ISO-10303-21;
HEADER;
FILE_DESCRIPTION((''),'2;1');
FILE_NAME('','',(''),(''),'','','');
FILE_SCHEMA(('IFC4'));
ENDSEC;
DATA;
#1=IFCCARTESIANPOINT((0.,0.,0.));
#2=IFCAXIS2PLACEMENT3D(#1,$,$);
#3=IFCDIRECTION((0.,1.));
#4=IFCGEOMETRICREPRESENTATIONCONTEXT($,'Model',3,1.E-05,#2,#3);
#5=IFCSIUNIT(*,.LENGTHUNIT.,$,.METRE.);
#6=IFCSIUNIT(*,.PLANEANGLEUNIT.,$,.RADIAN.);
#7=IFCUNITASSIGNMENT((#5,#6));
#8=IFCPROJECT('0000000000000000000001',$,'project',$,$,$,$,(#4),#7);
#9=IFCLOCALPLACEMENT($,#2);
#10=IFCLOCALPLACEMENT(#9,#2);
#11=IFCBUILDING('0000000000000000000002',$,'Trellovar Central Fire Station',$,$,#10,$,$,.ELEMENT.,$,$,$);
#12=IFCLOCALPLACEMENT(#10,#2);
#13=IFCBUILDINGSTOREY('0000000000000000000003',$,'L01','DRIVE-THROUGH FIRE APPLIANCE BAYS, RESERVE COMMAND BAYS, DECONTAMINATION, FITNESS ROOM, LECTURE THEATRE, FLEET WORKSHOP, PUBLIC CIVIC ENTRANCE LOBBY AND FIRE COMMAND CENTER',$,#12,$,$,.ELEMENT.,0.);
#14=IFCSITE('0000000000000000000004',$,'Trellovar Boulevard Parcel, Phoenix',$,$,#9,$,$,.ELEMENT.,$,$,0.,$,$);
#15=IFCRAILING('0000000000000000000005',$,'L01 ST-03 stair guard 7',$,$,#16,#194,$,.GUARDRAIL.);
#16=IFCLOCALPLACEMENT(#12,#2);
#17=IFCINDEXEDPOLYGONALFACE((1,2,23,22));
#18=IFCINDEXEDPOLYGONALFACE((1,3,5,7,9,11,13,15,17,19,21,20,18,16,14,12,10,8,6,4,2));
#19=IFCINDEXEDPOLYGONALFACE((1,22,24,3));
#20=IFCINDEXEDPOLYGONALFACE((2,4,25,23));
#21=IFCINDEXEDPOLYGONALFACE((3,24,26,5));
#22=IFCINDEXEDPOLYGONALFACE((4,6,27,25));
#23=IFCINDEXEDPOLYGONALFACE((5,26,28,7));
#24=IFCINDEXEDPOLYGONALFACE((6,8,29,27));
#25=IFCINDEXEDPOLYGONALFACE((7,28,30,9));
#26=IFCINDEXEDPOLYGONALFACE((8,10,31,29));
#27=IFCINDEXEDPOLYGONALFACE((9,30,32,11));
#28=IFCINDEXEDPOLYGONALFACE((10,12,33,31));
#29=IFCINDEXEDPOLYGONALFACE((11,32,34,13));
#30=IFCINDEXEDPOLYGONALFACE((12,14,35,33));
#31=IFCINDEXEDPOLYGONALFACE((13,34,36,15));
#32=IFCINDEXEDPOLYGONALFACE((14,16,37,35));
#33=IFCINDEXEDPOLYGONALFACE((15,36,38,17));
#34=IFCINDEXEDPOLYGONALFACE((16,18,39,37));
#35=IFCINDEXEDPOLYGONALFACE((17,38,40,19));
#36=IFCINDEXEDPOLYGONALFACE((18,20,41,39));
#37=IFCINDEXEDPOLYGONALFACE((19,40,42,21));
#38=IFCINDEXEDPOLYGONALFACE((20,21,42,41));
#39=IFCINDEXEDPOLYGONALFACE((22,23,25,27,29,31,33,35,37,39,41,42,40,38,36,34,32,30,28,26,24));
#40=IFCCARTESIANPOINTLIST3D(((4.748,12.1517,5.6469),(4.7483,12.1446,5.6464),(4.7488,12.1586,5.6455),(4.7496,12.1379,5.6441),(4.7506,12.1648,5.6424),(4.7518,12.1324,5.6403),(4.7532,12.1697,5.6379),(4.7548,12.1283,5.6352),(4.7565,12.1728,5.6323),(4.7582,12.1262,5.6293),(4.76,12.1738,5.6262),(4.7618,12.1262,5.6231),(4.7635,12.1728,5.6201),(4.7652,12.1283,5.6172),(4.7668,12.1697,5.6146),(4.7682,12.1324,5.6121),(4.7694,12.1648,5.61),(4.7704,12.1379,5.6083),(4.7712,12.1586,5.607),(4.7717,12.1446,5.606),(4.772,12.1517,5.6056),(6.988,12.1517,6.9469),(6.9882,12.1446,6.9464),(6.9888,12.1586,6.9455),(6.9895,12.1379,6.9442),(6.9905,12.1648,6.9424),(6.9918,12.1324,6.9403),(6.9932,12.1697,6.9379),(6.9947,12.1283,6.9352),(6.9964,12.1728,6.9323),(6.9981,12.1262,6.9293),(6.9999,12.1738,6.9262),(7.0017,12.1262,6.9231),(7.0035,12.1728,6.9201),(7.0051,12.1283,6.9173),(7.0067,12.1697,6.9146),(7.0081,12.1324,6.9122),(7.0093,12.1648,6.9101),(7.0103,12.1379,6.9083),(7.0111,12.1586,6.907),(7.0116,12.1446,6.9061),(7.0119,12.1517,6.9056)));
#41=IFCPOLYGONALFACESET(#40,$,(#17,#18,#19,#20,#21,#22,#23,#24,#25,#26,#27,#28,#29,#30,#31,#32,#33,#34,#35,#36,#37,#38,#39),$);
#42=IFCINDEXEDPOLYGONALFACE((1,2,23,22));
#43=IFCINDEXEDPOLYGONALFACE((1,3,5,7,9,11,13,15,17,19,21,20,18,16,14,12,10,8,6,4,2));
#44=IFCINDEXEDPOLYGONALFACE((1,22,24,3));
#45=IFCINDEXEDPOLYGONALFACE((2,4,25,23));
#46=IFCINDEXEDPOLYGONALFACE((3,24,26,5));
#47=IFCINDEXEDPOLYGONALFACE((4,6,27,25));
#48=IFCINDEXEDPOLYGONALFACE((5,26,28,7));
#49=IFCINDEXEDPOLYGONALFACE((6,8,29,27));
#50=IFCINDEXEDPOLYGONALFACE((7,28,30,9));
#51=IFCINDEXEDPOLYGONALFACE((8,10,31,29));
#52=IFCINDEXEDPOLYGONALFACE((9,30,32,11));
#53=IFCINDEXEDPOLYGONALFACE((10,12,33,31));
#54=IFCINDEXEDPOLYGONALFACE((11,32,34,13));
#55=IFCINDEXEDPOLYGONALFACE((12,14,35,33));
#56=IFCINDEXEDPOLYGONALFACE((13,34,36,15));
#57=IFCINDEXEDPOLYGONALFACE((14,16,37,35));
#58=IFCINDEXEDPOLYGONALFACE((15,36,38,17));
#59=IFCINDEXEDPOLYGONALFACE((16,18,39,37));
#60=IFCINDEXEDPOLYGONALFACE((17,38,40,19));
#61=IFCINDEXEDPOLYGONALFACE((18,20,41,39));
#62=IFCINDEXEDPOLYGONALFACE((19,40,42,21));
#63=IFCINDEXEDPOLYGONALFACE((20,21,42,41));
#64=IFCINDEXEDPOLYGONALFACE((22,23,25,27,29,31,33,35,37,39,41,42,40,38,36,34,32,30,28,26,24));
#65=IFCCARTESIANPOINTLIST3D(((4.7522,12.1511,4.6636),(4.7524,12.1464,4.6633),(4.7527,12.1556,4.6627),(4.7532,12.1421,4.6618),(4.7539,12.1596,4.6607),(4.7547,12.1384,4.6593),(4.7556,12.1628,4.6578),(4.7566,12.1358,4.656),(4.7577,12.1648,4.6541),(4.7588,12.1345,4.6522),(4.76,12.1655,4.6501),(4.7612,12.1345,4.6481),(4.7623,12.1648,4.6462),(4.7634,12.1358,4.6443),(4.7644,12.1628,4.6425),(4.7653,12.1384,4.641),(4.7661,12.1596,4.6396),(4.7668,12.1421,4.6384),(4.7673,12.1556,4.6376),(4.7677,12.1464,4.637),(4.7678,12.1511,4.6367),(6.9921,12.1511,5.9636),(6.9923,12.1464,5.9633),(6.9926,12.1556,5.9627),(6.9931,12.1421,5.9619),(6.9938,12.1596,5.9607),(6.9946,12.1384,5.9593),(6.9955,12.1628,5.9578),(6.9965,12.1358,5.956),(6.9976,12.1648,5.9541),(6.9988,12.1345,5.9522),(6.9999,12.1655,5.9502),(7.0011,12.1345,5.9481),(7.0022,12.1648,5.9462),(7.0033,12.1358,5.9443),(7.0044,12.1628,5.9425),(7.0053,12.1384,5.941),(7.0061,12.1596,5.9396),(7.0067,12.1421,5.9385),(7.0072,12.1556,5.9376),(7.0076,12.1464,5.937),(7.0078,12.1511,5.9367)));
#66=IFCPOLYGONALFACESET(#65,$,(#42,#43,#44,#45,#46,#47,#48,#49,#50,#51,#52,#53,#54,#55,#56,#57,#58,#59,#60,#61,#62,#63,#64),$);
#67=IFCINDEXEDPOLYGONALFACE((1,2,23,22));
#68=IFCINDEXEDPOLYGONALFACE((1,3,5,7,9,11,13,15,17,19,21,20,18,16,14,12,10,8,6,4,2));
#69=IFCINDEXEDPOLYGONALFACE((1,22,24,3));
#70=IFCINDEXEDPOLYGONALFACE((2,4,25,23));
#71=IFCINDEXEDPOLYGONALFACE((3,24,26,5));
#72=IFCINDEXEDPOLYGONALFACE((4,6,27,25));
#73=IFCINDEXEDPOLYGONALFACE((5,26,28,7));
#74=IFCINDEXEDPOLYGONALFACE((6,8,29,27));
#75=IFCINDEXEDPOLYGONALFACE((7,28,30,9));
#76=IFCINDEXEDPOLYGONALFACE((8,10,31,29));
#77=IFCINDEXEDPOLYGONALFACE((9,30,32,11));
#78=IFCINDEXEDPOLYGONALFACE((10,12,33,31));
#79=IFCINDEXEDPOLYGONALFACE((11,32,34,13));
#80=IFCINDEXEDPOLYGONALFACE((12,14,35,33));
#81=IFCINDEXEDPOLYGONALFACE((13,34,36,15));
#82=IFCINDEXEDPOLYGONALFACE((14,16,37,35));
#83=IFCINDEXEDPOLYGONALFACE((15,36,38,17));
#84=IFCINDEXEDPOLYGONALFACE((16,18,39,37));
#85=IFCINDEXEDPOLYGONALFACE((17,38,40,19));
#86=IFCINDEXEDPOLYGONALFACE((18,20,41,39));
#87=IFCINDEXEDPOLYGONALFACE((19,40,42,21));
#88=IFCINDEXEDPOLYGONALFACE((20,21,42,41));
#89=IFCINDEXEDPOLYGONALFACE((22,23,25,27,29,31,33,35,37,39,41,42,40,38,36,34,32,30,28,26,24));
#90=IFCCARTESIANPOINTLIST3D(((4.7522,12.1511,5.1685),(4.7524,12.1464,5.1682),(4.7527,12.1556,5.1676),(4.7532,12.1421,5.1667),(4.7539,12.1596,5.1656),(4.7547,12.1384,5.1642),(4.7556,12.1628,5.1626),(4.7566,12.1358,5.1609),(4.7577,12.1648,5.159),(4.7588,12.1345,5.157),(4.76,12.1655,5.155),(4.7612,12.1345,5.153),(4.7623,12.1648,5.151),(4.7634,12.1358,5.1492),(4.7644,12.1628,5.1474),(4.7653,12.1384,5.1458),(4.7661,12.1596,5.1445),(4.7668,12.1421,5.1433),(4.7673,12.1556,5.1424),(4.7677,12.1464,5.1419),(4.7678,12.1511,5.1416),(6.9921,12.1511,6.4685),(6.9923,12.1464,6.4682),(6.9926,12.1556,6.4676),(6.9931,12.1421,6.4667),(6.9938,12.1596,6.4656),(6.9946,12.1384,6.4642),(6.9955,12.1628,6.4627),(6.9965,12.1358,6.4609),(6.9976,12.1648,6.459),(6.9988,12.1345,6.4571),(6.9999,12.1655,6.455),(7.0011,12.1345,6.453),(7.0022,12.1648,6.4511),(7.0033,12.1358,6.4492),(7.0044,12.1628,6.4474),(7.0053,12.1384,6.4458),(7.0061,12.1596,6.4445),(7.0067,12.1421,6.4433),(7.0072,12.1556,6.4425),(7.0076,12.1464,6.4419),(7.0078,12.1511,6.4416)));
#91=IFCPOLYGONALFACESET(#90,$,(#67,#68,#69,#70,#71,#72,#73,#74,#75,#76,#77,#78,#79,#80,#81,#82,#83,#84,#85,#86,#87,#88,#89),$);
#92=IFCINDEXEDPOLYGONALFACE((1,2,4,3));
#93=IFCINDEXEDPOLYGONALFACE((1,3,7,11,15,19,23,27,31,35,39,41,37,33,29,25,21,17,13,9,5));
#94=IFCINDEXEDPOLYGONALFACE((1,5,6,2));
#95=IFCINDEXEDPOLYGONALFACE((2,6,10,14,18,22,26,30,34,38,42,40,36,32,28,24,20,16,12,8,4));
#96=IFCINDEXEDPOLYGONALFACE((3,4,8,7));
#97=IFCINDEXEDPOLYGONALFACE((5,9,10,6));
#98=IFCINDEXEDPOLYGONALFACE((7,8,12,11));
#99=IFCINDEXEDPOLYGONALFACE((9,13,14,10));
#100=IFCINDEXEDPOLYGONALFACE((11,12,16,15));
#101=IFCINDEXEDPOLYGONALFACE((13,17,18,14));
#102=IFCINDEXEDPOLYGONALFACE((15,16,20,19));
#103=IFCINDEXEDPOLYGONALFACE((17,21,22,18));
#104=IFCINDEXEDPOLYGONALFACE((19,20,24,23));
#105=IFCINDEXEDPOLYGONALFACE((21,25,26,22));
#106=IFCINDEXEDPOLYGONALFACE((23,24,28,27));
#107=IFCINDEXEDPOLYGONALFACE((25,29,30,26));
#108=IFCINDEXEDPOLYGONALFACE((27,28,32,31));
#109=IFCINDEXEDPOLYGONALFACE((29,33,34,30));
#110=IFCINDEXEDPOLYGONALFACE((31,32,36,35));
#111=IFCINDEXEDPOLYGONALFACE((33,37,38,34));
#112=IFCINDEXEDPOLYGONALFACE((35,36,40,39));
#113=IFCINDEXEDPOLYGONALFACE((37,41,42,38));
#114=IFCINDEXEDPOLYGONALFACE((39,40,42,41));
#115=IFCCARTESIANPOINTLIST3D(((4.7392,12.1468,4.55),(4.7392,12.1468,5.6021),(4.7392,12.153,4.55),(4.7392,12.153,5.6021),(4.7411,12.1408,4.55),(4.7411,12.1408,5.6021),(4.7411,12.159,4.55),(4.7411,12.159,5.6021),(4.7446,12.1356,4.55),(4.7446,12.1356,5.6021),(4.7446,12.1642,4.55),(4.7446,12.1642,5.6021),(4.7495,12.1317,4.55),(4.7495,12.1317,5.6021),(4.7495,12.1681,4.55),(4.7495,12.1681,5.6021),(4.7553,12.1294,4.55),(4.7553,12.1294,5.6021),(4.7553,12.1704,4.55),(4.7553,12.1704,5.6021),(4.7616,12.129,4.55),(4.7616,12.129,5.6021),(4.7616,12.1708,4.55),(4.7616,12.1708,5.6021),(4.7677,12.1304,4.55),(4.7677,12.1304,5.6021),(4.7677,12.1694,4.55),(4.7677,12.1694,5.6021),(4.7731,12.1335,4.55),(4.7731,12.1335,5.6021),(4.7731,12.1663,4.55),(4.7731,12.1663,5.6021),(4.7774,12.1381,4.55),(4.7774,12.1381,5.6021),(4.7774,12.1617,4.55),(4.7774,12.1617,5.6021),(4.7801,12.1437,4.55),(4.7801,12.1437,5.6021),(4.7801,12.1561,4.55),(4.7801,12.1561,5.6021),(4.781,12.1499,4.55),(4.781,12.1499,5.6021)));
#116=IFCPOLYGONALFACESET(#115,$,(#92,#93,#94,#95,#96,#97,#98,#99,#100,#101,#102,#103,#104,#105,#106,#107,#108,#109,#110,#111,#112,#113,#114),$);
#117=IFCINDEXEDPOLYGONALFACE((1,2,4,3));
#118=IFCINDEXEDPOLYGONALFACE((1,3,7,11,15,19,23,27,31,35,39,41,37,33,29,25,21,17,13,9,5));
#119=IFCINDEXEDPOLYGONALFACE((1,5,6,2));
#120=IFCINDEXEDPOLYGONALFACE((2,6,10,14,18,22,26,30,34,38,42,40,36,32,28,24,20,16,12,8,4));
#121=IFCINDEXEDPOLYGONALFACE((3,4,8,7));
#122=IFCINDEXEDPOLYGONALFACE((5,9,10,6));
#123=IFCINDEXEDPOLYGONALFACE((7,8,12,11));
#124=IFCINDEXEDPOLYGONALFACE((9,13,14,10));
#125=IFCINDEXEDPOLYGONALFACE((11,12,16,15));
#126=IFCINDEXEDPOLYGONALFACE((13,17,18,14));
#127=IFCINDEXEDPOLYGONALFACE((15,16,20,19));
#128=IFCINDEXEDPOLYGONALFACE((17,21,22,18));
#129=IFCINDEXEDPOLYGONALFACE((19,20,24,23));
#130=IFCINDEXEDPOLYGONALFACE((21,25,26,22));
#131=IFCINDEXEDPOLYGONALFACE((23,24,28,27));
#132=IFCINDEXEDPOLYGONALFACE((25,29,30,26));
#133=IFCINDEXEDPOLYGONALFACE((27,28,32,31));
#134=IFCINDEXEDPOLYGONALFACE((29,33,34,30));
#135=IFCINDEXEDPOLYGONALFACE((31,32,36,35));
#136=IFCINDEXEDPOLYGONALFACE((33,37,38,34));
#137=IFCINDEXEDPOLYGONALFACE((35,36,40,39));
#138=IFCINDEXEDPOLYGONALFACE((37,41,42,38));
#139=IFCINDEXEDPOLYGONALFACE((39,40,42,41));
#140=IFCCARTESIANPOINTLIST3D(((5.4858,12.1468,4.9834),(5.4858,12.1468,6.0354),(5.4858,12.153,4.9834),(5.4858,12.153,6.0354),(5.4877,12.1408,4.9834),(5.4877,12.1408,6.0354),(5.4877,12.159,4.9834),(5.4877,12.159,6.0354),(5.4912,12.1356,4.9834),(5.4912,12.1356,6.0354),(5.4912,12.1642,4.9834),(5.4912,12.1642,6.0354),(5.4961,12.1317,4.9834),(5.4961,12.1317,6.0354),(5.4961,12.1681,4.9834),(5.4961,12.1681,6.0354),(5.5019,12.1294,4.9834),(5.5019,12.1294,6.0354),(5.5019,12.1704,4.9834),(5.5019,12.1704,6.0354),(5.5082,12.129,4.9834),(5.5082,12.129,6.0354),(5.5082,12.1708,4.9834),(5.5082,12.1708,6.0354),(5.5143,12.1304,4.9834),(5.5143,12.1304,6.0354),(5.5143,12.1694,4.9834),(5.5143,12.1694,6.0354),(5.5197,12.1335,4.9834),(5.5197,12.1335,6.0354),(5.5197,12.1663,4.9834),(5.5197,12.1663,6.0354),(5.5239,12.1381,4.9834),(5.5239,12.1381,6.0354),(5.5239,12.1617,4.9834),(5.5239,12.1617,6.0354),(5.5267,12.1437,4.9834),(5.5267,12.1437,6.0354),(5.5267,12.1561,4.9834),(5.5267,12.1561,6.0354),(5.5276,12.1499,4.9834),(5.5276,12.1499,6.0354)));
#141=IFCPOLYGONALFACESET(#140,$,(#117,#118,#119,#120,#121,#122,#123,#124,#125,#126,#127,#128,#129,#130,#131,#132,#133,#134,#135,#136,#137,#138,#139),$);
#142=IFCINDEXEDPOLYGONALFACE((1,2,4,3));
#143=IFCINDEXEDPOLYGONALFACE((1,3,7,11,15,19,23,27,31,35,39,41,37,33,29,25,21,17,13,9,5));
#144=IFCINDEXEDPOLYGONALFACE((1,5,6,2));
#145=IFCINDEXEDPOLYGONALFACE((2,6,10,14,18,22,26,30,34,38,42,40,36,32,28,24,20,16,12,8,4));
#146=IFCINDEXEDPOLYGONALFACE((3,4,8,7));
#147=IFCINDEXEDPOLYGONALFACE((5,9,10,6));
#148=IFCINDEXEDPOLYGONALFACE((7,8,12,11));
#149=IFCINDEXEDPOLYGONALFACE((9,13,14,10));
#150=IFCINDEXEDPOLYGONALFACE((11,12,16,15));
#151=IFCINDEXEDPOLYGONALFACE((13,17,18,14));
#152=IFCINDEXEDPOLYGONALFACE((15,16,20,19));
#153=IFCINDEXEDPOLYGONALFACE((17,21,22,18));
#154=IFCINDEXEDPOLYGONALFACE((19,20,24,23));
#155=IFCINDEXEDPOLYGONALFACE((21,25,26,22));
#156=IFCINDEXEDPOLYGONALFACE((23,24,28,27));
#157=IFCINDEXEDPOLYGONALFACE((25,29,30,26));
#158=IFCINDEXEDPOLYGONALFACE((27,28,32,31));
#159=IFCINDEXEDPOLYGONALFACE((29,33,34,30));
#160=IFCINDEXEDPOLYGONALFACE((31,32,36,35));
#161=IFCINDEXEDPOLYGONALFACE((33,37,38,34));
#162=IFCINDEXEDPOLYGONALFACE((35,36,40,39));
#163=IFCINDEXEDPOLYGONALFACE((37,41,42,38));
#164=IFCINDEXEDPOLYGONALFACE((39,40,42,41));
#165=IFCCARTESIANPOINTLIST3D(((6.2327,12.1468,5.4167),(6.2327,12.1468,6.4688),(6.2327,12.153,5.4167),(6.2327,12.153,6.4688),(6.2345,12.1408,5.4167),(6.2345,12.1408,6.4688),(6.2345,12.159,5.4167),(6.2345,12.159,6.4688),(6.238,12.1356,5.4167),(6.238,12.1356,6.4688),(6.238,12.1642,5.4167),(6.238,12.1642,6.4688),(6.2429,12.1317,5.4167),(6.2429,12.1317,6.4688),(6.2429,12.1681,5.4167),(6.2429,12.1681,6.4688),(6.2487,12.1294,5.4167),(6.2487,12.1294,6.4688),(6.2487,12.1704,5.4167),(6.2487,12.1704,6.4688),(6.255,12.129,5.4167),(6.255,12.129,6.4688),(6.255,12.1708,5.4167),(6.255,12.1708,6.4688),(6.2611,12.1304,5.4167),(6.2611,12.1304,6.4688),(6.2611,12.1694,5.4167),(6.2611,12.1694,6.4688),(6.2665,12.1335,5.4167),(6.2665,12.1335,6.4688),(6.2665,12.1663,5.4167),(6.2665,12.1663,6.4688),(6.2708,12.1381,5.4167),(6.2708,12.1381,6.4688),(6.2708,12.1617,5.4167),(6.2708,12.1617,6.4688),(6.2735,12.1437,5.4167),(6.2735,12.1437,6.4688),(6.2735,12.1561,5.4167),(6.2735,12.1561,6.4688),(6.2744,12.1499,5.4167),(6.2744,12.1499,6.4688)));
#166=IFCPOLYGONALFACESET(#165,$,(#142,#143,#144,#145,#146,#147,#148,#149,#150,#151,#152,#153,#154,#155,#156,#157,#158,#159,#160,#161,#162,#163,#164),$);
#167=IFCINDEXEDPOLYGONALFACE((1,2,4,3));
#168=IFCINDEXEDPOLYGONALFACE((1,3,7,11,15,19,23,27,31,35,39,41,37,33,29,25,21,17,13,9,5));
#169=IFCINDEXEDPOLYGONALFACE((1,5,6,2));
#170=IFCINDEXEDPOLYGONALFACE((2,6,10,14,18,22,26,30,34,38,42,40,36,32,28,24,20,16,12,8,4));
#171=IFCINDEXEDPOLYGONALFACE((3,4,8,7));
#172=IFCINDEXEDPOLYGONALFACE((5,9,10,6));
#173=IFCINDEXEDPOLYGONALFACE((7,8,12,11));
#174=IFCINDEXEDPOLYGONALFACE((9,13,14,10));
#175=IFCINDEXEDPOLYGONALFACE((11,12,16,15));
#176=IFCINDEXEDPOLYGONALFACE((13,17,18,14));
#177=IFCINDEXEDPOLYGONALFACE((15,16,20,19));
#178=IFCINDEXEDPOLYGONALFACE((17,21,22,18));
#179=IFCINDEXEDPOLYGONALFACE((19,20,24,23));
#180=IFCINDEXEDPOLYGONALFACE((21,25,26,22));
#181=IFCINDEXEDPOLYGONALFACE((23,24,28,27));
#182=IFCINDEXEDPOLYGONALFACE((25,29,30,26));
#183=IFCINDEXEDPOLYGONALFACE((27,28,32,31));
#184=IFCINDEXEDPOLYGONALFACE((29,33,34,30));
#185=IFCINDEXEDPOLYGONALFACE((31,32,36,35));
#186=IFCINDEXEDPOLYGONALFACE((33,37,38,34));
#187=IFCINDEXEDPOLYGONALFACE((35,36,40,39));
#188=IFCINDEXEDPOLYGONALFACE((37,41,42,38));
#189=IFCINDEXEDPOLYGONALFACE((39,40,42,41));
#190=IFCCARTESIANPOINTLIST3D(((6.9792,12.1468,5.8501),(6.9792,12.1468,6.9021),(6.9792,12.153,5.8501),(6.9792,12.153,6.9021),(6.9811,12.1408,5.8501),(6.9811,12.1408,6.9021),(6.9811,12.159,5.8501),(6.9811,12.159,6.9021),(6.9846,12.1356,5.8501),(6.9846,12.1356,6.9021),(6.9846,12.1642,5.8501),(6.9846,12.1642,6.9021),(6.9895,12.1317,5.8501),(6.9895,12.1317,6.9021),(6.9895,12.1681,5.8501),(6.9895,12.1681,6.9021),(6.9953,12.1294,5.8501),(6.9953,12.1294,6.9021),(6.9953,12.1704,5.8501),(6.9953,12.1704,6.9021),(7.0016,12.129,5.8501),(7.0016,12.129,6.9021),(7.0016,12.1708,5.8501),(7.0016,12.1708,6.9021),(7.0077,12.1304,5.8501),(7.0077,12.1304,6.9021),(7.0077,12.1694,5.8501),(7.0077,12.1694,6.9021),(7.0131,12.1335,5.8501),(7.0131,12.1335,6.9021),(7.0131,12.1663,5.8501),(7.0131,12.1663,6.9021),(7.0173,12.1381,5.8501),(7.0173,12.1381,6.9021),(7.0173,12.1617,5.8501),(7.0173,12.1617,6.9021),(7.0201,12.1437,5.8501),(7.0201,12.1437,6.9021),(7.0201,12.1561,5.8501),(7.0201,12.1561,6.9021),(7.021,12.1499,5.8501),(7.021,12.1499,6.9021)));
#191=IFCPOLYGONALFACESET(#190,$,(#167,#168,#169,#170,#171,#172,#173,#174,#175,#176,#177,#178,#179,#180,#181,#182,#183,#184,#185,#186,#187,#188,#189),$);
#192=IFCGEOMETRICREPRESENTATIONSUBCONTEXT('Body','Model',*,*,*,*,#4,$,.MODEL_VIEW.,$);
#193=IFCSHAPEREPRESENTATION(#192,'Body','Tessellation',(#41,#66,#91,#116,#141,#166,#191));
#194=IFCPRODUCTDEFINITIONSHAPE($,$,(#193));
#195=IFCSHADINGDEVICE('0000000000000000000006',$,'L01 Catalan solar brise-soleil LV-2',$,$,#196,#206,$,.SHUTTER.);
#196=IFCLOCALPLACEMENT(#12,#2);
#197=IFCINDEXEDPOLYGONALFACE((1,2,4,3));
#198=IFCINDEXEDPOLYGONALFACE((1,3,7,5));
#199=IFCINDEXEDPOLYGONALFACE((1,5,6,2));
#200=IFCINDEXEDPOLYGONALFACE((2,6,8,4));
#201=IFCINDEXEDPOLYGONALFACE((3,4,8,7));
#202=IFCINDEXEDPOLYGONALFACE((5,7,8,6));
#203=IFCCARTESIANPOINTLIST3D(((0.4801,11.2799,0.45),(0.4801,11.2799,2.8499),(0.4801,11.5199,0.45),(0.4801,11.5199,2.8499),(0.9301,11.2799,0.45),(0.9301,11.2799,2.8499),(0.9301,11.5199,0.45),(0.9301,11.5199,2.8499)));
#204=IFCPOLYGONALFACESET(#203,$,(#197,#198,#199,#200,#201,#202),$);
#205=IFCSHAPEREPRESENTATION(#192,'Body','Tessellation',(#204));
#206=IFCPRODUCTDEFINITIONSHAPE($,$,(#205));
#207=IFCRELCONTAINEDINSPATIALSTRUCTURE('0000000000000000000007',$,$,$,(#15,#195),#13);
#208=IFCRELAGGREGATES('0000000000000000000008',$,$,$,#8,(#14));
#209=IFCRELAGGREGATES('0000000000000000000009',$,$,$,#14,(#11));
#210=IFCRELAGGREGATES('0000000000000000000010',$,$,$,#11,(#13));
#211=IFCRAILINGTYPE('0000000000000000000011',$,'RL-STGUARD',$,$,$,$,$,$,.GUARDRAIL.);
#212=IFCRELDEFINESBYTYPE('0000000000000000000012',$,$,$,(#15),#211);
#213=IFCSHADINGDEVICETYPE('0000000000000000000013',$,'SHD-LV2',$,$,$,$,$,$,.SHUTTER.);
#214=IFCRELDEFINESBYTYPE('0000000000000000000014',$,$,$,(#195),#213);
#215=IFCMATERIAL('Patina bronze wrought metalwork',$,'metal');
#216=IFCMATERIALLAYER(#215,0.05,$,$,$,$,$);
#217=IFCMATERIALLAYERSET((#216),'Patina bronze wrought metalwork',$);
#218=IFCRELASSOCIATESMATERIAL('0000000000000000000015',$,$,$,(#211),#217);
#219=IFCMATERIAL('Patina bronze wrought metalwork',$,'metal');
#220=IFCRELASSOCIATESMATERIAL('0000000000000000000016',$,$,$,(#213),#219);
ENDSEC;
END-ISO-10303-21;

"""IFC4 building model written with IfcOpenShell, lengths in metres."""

from ifc_helpers import new_model, si_unit, direction, frame, origin, origin_2d, place, context, subcontext, project, spatial, rectangle, circle, extrude, material, layer, layer_set, type_object, element, save


model = new_model("IFC4")

# Units and contexts
model_context = context("Model", 3, precision=1e-05, world=origin(), true_north=direction((0.0, 1.0)))
body_context = subcontext(model_context, "Body", "Model", "MODEL_VIEW")
ifc_project = project(units=[si_unit("LENGTHUNIT", "METRE"), si_unit("PLANEANGLEUNIT", "RADIAN")], contexts=[model_context])

# Site, building, storey
site_placement = place(None, origin())
site = spatial("IfcSite", under=ifc_project, at=site_placement, Name="Trellovar Boulevard Parcel, Phoenix", CompositionType="ELEMENT", RefElevation=0.0)
building_placement = place(site_placement, origin())
building = spatial("IfcBuilding", under=site, at=building_placement, Name="Trellovar Central Fire Station", CompositionType="ELEMENT")
storey_placement = place(building_placement, origin())
storey = spatial("IfcBuildingStorey", under=building, at=storey_placement, Name="L01", Description="DRIVE-THROUGH FIRE APPLIANCE BAYS, RESERVE COMMAND BAYS, DECONTAMINATION, FITNESS ROOM, LECTURE THEATRE, FLEET WORKSHOP, PUBLIC CIVIC ENTRANCE LOBBY AND FIRE COMMAND CENTER", CompositionType="ELEMENT", Elevation=0.0)

# Railing
ifc_material_1 = material(Name="Patina bronze wrought metalwork", Category="metal")
ifc_layer_1 = layer(ifc_material_1, 0.05)
ifc_layer_set_1 = layer_set([ifc_layer_1], Name="Patina bronze wrought metalwork")
railing_type_1 = type_object("IfcRailingType", Name="RL-STGUARD", PredefinedType="GUARDRAIL", material=ifc_layer_set_1)
railing_1_placement = place(storey_placement, frame((4.76, 12.1499, 4.55)))
element("IfcRailing", 1, at=railing_1_placement, inside=storey, type_object=railing_type_1, Name="L01 ST-03 stair guard 7", PredefinedType="GUARDRAIL", context=body_context, shape_type="SweptSolid", body=[
    extrude(circle(Radius=0.0239, at=origin_2d()), frame((0.0, 0.0, 1.0762), z_axis=(0.864888, 0.0, 0.501965), x_axis=(0.0, 1.0, 0.0)), (0.0, 0.0, 1.0), 2.5898),
    extrude(circle(Radius=0.0156, at=origin_2d()), frame((0.0, 0.0, 0.1001), z_axis=(0.864888, 0.0, 0.501965), x_axis=(0.0, 1.0, 0.0)), (0.0, 0.0, 1.0), 2.5898),
    extrude(circle(Radius=0.0156, at=origin_2d()), frame((0.0, 0.0, 0.605), z_axis=(0.864888, 0.0, 0.501965), x_axis=(0.0, 1.0, 0.0)), (0.0, 0.0, 1.0), 2.5898),
    extrude(circle(Radius=0.021, at=origin_2d()), origin(), (0.0, 0.0, 1.0), 1.052),
    extrude(circle(Radius=0.021, at=origin_2d()), frame((0.7466, 0.0, 0.4333)), (0.0, 0.0, 1.0), 1.052),
    extrude(circle(Radius=0.021, at=origin_2d()), frame((1.4934, 0.0, 0.8667)), (0.0, 0.0, 1.0), 1.052),
    extrude(circle(Radius=0.021, at=origin_2d()), frame((2.24, 0.0, 1.3)), (0.0, 0.0, 1.0), 1.052),
])

# Shading device
ifc_material_2 = material(Name="Patina bronze wrought metalwork", Category="metal")
shading_device_type = type_object("IfcShadingDeviceType", Name="SHD-LV2", PredefinedType="SHUTTER", material=ifc_material_2)
for number, where, z_axis, x_axis, name in (
    (2, (0.7051, 11.3999, 0.45), (0.0, 0.0, 1.0), (1.0, 0.0, 0.0), "L01 Catalan solar brise-soleil LV-2"),
):
    element("IfcShadingDevice", number, at=place(storey_placement, frame(where, z_axis=z_axis, x_axis=x_axis)), inside=storey, type_object=shading_device_type, Name=name, PredefinedType="SHUTTER", context=body_context, shape_type="SweptSolid", body=[
        extrude(rectangle(XDim=0.45, YDim=0.24, at=origin_2d()), origin(), (0.0, 0.0, 1.0), 2.3999),
    ])

save(model, "model.ifc")
